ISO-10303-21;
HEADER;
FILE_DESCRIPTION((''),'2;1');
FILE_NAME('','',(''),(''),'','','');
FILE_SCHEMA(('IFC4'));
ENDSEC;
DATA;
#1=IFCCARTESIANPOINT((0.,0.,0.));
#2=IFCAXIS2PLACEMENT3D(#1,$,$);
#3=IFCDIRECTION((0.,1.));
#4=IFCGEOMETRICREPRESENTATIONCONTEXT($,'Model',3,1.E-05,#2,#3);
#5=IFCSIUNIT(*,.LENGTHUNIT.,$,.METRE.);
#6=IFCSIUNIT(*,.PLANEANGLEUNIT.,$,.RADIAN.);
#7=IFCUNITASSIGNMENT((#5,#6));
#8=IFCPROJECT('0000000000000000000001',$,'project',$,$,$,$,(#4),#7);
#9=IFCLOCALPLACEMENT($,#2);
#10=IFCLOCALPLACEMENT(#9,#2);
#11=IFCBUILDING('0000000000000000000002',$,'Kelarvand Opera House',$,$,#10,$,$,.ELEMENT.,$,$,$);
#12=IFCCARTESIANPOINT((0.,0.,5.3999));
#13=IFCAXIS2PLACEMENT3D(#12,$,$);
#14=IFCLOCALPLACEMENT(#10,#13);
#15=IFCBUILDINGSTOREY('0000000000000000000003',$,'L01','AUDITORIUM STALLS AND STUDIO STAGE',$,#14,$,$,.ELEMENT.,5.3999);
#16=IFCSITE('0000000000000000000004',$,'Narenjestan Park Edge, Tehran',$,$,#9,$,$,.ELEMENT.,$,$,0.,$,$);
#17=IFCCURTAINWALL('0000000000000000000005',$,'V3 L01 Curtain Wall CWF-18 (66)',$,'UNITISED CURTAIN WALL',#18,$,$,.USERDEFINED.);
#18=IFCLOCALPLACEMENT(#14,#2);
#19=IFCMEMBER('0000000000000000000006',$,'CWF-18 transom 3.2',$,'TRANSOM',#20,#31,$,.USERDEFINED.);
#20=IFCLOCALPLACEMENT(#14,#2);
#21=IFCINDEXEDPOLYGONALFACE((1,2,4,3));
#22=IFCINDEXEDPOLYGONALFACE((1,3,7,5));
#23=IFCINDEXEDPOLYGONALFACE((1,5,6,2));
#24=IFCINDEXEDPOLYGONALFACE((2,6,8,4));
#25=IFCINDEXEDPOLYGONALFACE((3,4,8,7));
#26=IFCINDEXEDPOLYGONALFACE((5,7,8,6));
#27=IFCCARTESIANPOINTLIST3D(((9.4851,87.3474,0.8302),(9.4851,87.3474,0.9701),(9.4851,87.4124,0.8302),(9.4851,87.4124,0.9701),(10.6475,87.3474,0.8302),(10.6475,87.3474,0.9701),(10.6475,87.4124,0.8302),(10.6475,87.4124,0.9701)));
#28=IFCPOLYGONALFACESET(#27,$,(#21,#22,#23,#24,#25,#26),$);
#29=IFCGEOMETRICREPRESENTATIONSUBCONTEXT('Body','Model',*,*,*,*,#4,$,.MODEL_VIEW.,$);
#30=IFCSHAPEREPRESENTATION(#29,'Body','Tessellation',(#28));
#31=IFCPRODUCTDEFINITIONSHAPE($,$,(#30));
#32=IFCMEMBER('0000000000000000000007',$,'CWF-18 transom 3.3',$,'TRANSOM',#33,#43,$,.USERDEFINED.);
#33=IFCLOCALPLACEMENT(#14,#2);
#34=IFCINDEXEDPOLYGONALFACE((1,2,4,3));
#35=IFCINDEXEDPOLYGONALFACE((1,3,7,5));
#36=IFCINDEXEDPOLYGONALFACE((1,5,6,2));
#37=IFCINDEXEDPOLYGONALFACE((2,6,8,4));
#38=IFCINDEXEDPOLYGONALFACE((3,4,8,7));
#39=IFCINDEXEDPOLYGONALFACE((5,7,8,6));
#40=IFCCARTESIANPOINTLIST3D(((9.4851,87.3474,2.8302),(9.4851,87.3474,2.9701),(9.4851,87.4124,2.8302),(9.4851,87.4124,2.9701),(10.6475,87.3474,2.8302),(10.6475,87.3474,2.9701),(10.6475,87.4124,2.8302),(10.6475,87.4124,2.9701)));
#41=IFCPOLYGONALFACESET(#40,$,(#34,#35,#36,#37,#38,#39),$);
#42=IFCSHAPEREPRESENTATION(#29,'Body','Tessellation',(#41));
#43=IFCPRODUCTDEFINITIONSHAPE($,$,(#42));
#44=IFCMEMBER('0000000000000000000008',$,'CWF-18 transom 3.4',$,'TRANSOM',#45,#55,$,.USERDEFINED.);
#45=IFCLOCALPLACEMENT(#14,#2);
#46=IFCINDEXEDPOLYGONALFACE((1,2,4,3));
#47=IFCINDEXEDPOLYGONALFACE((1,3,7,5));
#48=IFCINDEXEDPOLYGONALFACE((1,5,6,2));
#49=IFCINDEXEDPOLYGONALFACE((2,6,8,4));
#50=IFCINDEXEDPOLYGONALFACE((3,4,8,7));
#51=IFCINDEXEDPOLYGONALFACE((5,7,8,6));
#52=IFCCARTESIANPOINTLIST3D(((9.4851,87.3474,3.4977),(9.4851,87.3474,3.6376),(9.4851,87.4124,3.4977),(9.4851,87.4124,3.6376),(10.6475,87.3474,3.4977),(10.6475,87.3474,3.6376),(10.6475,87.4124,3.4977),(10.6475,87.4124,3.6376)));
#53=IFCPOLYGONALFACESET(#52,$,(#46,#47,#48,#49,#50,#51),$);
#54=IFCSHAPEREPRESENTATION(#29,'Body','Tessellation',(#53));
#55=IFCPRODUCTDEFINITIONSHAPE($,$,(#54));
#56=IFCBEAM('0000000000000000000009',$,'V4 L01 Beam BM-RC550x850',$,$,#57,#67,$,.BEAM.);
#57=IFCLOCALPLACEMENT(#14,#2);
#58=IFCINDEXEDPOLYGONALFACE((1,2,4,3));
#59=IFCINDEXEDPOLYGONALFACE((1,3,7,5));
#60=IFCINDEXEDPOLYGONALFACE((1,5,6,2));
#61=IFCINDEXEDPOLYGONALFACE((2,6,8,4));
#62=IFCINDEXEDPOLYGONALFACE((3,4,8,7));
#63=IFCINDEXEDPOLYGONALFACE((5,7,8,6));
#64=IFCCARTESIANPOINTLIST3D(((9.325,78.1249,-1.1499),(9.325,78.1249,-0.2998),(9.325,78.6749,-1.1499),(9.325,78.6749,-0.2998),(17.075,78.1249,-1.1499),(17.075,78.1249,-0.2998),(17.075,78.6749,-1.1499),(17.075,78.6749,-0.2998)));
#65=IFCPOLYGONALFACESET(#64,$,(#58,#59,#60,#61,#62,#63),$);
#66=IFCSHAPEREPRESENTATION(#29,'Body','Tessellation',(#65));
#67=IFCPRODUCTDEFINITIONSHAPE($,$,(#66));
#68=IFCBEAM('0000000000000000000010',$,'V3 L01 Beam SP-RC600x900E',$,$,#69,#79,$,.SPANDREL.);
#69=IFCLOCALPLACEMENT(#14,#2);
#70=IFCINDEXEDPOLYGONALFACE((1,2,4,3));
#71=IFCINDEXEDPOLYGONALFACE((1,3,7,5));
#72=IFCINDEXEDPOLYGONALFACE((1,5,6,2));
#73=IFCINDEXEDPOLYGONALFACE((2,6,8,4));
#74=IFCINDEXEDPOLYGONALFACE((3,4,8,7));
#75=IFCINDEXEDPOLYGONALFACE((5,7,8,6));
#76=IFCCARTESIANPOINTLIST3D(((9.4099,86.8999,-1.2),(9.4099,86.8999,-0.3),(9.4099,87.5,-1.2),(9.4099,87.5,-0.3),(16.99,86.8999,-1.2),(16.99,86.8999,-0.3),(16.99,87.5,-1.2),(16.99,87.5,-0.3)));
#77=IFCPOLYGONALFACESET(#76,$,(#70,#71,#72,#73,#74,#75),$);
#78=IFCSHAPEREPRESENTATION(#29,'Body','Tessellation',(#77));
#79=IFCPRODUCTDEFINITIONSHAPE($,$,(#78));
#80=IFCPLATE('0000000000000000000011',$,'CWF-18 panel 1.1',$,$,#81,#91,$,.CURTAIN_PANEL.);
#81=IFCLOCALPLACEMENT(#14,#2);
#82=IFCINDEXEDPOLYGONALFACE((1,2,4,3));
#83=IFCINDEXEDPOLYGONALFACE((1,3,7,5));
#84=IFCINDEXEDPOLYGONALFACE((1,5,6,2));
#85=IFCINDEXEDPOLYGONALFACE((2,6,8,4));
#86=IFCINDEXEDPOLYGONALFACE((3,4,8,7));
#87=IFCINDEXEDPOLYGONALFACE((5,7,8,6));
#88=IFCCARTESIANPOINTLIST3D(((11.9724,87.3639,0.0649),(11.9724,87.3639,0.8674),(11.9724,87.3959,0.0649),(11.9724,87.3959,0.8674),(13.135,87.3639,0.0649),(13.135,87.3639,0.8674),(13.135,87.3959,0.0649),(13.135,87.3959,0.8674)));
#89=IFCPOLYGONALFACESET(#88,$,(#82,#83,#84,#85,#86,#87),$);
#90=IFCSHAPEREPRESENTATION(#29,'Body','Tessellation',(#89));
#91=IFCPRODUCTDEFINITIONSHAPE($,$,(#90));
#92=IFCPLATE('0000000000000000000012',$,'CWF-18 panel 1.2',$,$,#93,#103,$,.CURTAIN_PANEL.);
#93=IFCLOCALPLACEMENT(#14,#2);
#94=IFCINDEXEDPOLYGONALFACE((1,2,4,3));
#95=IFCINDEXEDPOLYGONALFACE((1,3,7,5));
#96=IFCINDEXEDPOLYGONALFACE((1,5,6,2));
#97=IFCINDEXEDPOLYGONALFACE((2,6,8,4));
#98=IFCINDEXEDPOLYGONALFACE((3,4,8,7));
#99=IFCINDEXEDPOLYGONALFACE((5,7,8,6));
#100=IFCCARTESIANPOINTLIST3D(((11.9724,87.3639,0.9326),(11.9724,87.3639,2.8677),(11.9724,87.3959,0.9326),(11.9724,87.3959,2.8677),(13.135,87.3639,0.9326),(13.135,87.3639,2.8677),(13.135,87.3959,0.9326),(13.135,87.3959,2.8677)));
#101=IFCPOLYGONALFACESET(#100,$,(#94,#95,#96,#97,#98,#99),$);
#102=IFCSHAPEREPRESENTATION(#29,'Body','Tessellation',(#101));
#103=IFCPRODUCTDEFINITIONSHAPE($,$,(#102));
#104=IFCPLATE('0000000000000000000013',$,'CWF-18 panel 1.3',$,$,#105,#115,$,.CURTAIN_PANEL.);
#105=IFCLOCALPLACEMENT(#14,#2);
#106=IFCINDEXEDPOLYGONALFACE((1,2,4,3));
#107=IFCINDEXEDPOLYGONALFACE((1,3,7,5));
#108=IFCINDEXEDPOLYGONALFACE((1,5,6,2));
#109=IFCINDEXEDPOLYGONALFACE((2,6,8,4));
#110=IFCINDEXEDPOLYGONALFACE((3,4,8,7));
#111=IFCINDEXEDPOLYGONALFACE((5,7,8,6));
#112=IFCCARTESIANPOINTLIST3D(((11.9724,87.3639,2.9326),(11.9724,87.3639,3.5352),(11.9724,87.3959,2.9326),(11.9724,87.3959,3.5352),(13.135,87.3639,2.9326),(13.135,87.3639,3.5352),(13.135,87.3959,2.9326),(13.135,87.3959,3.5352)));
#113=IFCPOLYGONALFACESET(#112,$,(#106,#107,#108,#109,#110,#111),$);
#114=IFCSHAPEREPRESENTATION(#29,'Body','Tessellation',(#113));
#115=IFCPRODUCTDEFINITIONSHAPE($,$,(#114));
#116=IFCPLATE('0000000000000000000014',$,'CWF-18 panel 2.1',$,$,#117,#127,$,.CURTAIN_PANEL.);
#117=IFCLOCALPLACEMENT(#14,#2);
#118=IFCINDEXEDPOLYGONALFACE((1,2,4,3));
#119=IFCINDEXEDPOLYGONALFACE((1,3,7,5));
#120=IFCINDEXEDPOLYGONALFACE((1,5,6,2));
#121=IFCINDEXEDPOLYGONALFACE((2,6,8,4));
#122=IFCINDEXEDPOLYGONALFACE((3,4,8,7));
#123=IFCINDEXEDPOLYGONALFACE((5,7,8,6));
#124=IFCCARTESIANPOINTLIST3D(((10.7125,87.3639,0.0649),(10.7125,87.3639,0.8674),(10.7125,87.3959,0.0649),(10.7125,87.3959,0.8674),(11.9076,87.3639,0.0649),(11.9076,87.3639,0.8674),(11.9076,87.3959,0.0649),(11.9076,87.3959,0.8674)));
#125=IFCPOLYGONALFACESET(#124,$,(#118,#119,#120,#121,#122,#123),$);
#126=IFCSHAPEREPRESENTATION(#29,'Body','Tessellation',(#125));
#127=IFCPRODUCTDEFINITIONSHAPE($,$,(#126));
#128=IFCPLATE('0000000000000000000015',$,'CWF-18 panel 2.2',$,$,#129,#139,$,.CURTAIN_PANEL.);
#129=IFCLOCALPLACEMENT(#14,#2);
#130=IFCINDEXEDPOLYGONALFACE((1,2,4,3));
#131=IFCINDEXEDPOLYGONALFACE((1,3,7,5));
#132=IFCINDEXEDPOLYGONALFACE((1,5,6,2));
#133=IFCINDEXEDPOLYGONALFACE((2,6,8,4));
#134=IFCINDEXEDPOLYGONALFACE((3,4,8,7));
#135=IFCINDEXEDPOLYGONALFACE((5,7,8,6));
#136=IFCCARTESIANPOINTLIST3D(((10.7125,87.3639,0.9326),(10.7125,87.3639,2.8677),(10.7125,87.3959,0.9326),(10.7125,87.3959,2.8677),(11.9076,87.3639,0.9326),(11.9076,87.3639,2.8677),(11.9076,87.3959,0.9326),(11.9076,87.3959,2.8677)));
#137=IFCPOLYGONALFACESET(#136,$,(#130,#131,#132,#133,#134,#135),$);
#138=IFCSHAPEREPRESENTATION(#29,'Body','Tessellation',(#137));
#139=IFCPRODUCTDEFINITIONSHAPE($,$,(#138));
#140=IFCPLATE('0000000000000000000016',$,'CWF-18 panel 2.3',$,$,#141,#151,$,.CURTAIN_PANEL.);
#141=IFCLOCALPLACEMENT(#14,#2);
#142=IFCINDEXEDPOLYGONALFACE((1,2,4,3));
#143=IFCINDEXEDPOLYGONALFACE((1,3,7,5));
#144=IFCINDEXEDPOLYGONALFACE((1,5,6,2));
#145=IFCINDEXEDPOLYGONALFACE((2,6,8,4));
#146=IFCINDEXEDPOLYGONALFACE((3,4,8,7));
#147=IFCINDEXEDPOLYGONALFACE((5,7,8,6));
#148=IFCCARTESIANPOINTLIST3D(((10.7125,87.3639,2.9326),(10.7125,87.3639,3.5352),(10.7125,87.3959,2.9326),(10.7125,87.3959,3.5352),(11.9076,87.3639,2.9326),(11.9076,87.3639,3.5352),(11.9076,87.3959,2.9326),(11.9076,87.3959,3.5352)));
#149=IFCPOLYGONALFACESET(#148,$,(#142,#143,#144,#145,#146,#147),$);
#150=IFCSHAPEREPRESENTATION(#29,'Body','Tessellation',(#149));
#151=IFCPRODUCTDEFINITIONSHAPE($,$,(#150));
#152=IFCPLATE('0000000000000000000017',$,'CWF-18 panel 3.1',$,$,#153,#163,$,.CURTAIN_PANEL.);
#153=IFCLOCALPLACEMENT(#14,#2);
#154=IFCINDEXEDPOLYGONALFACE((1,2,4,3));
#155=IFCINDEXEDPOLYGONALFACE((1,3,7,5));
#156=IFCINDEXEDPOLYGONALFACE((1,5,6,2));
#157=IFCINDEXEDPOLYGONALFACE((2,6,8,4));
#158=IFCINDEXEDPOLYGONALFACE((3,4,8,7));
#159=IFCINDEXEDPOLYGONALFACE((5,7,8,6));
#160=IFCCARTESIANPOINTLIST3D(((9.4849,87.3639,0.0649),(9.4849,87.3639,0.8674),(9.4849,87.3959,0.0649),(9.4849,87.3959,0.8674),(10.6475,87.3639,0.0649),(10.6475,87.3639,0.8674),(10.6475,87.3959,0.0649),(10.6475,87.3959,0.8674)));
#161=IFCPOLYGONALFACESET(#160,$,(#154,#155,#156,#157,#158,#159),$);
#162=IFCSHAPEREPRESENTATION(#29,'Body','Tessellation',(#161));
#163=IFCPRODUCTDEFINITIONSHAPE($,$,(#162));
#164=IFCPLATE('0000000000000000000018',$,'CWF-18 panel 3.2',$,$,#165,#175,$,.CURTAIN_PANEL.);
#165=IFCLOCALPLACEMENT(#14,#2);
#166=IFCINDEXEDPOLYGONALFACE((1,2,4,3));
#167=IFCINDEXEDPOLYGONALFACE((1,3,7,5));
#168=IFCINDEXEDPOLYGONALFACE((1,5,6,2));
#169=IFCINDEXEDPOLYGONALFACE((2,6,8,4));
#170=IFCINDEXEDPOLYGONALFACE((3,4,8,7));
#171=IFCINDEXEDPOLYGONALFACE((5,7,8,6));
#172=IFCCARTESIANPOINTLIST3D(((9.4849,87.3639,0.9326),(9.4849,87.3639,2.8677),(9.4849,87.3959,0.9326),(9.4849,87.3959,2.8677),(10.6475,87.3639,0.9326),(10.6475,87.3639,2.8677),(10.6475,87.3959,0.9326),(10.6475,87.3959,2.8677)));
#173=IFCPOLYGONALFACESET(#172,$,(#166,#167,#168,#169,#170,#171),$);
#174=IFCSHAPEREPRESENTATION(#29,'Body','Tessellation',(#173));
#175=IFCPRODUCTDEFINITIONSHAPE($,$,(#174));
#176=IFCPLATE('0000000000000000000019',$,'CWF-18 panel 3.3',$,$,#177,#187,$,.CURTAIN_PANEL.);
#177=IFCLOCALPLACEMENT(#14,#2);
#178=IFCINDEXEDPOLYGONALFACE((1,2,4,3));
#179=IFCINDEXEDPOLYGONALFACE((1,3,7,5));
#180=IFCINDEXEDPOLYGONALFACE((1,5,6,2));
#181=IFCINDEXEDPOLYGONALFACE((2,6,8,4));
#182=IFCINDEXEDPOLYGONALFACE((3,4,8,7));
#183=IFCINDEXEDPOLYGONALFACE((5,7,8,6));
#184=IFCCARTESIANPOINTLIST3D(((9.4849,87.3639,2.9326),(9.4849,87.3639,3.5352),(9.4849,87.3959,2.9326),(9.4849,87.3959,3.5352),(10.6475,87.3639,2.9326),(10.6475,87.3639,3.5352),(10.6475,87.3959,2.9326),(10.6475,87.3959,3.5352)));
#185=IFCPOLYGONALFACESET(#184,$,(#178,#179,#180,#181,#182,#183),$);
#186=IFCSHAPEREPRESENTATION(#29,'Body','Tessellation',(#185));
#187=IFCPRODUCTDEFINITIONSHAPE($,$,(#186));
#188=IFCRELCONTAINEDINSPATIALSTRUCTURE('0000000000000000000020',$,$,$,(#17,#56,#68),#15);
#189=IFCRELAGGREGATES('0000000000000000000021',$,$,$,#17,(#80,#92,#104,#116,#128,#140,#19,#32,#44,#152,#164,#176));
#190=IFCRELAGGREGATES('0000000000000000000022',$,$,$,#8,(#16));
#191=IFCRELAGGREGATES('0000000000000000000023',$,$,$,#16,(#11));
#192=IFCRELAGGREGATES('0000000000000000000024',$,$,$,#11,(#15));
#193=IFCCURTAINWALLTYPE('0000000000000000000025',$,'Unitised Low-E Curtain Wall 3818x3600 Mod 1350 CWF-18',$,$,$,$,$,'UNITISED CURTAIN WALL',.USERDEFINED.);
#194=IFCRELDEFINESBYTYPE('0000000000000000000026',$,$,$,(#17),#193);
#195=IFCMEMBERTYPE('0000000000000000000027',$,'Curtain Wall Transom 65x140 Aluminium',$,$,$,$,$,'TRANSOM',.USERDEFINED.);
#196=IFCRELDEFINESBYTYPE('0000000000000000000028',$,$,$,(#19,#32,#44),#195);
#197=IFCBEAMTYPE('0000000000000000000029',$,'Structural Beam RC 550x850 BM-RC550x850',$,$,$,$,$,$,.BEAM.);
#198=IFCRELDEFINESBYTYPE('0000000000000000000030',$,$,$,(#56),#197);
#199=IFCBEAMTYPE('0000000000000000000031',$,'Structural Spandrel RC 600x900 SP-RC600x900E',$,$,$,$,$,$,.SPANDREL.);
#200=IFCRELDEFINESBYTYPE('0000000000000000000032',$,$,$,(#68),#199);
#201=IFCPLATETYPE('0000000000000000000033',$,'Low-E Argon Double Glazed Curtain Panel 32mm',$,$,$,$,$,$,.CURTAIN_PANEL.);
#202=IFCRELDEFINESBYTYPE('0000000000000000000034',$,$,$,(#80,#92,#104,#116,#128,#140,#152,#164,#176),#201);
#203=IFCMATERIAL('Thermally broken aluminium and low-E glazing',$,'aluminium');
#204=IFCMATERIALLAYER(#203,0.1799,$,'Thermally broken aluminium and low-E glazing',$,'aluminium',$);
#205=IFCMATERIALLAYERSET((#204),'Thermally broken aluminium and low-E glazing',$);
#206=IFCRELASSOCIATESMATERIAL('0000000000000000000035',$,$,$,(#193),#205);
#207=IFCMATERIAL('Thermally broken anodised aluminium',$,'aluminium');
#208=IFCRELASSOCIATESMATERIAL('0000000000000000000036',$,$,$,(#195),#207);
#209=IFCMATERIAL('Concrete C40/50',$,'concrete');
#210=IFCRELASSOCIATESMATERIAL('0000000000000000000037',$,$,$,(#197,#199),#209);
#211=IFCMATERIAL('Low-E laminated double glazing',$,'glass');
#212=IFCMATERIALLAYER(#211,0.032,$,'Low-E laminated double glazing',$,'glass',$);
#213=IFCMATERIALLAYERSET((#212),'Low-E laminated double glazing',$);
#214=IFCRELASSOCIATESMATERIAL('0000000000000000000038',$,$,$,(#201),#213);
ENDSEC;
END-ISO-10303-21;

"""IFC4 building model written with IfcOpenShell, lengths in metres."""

from ifc_helpers import new_model, si_unit, direction, frame, origin, origin_2d, place, context, subcontext, project, spatial, rectangle, extrude, material, layer, layer_set, material_profile, profile_set, type_object, element, aggregate, save


model = new_model("IFC4")

# Units and contexts
model_context = context("Model", 3, precision=1e-05, world=origin(), true_north=direction((0.0, 1.0)))
body_context = subcontext(model_context, "Body", "Model", "MODEL_VIEW")
ifc_project = project(units=[si_unit("LENGTHUNIT", "METRE"), si_unit("PLANEANGLEUNIT", "RADIAN")], contexts=[model_context])

# Site, building, storey
site_placement = place(None, origin())
site = spatial("IfcSite", under=ifc_project, at=site_placement, Name="Narenjestan Park Edge, Tehran", CompositionType="ELEMENT", RefElevation=0.0)
building_placement = place(site_placement, origin())
building = spatial("IfcBuilding", under=site, at=building_placement, Name="Kelarvand Opera House", CompositionType="ELEMENT")
storey_placement = place(building_placement, frame((0.0, 0.0, 5.3999)))
storey = spatial("IfcBuildingStorey", under=building, at=storey_placement, Name="L01", Description="AUDITORIUM STALLS AND STUDIO STAGE", CompositionType="ELEMENT", Elevation=5.3999)

# Shared definitions
ifc_material_1 = material(Name="Concrete C40/50", Category="concrete")

# Curtain wall, members
ifc_material_2 = material(Name="Thermally broken aluminium and low-E glazing", Category="aluminium")
ifc_layer_1 = layer(ifc_material_2, 0.1799, Name="Thermally broken aluminium and low-E glazing", Category="aluminium")
ifc_layer_set_1 = layer_set([ifc_layer_1], Name="Thermally broken aluminium and low-E glazing")
curtain_wall_type = type_object("IfcCurtainWallType", Name="Unitised Low-E Curtain Wall 3818x3600 Mod 1350 CWF-18", ElementType="UNITISED CURTAIN WALL", PredefinedType="USERDEFINED", material=ifc_layer_set_1)
curtain_wall_placement = place(storey_placement, origin())
curtain_wall = element("IfcCurtainWall", 1, at=curtain_wall_placement, inside=storey, type_object=curtain_wall_type, Name="V3 L01 Curtain Wall CWF-18 (66)", ObjectType="UNITISED CURTAIN WALL", PredefinedType="USERDEFINED")
ifc_material_3 = material(Name="Thermally broken anodised aluminium", Category="aluminium")
ifc_material_profile_1 = material_profile(ifc_material_3, rectangle(XDim=0.0649, YDim=0.1399, at=origin_2d()), Name="ALU TRANSOM 65x140", Category="aluminium")
ifc_profile_set_1 = profile_set([ifc_material_profile_1], Name="Thermally broken anodised aluminium")
member_type_1 = type_object("IfcMemberType", Name="Curtain Wall Transom 65x140 Aluminium", ElementType="TRANSOM", PredefinedType="USERDEFINED", material=ifc_profile_set_1)
member_1_placement = place(storey_placement, frame((10.6475, 87.3799, 0.9001), z_axis=(-1.0, 0.0, 0.0), x_axis=(0.0, -1.0, 0.0)))
member_1 = element("IfcMember", 2, at=member_1_placement, type_object=member_type_1, Name="CWF-18 transom 3.2", ObjectType="TRANSOM", PredefinedType="USERDEFINED", context=body_context, shape_type="SweptSolid", body=[
    extrude(rectangle(XDim=0.0649, YDim=0.1399, at=origin_2d()), origin(), (0.0, 0.0, 1.0), 1.1624),
])
member_2_placement = place(storey_placement, frame((10.6475, 87.3799, 2.9001), z_axis=(-1.0, 0.0, 0.0), x_axis=(0.0, -1.0, 0.0)))
member_2 = element("IfcMember", 3, at=member_2_placement, type_object=member_type_1, Name="CWF-18 transom 3.3", ObjectType="TRANSOM", PredefinedType="USERDEFINED", context=body_context, shape_type="SweptSolid", body=[
    extrude(rectangle(XDim=0.0649, YDim=0.1399, at=origin_2d()), origin(), (0.0, 0.0, 1.0), 1.1624),
])
member_3_placement = place(storey_placement, frame((10.6475, 87.3799, 3.5676), z_axis=(-1.0, 0.0, 0.0), x_axis=(0.0, -1.0, 0.0)))
member_3 = element("IfcMember", 4, at=member_3_placement, type_object=member_type_1, Name="CWF-18 transom 3.4", ObjectType="TRANSOM", PredefinedType="USERDEFINED", context=body_context, shape_type="SweptSolid", body=[
    extrude(rectangle(XDim=0.0649, YDim=0.1399, at=origin_2d()), origin(), (0.0, 0.0, 1.0), 1.1624),
])

# Beams
ifc_material_profile_2 = material_profile(ifc_material_1, rectangle(XDim=0.55, YDim=0.8501, at=origin_2d()), Name="RC 550x850", Category="concrete")
ifc_profile_set_2 = profile_set([ifc_material_profile_2], Name="Concrete C40/50")
beam_type_1 = type_object("IfcBeamType", Name="Structural Beam RC 550x850 BM-RC550x850", PredefinedType="BEAM", material=ifc_profile_set_2)
beam_1_placement = place(storey_placement, frame((9.325, 78.3999, -0.7249), z_axis=(1.0, 0.0, 0.0), x_axis=(0.0, 1.0, 0.0)))
element("IfcBeam", 5, at=beam_1_placement, inside=storey, type_object=beam_type_1, Name="V4 L01 Beam BM-RC550x850", PredefinedType="BEAM", context=body_context, shape_type="SweptSolid", body=[
    extrude(rectangle(XDim=0.55, YDim=0.8501, at=origin_2d()), origin(), (0.0, 0.0, 1.0), 7.75),
])
ifc_material_profile_3 = material_profile(ifc_material_1, rectangle(XDim=0.6001, YDim=0.8999, at=origin_2d()), Name="RC 600x900", Category="concrete")
ifc_profile_set_3 = profile_set([ifc_material_profile_3], Name="Concrete C40/50")
beam_type_2 = type_object("IfcBeamType", Name="Structural Spandrel RC 600x900 SP-RC600x900E", PredefinedType="SPANDREL", material=ifc_profile_set_3)
beam_2_placement = place(storey_placement, frame((9.4099, 87.2, -0.75), z_axis=(1.0, 0.0, 0.0), x_axis=(0.0, 1.0, 0.0)))
element("IfcBeam", 6, at=beam_2_placement, inside=storey, type_object=beam_type_2, Name="V3 L01 Beam SP-RC600x900E", PredefinedType="SPANDREL", context=body_context, shape_type="SweptSolid", body=[
    extrude(rectangle(XDim=0.6001, YDim=0.8999, at=origin_2d()), origin(), (0.0, 0.0, 1.0), 7.5801),
])

# Plates
ifc_material_4 = material(Name="Low-E laminated double glazing", Category="glass")
ifc_layer_2 = layer(ifc_material_4, 0.032, Name="Low-E laminated double glazing", Category="glass")
ifc_layer_set_2 = layer_set([ifc_layer_2], Name="Low-E laminated double glazing")
plate_type = type_object("IfcPlateType", Name="Low-E Argon Double Glazed Curtain Panel 32mm", PredefinedType="CURTAIN_PANEL", material=ifc_layer_set_2)
plate_1_placement = place(storey_placement, frame((12.5537, 87.3799, 0.0649), z_axis=(0.0, 0.0, 1.0), x_axis=(-1.0, 0.0, 0.0)))
plate_1 = element("IfcPlate", 7, at=plate_1_placement, type_object=plate_type, Name="CWF-18 panel 1.1", PredefinedType="CURTAIN_PANEL", context=body_context, shape_type="SweptSolid", body=[
    extrude(rectangle(XDim=1.1626, YDim=0.032, at=origin_2d()), origin(), (0.0, 0.0, 1.0), 0.8025),
])
plate_2_placement = place(storey_placement, frame((12.5537, 87.3799, 0.9326), z_axis=(0.0, 0.0, 1.0), x_axis=(-1.0, 0.0, 0.0)))
plate_2 = element("IfcPlate", 8, at=plate_2_placement, type_object=plate_type, Name="CWF-18 panel 1.2", PredefinedType="CURTAIN_PANEL", context=body_context, shape_type="SweptSolid", body=[
    extrude(rectangle(XDim=1.1626, YDim=0.032, at=origin_2d()), origin(), (0.0, 0.0, 1.0), 1.9351),
])
plate_3_placement = place(storey_placement, frame((12.5537, 87.3799, 2.9326), z_axis=(0.0, 0.0, 1.0), x_axis=(-1.0, 0.0, 0.0)))
plate_3 = element("IfcPlate", 9, at=plate_3_placement, type_object=plate_type, Name="CWF-18 panel 1.3", PredefinedType="CURTAIN_PANEL", context=body_context, shape_type="SweptSolid", body=[
    extrude(rectangle(XDim=1.1626, YDim=0.032, at=origin_2d()), origin(), (0.0, 0.0, 1.0), 0.6025),
])
plate_4_placement = place(storey_placement, frame((11.3101, 87.3799, 0.0649), z_axis=(0.0, 0.0, 1.0), x_axis=(-1.0, 0.0, 0.0)))
plate_4 = element("IfcPlate", 10, at=plate_4_placement, type_object=plate_type, Name="CWF-18 panel 2.1", PredefinedType="CURTAIN_PANEL", context=body_context, shape_type="SweptSolid", body=[
    extrude(rectangle(XDim=1.1951, YDim=0.032, at=origin_2d()), origin(), (0.0, 0.0, 1.0), 0.8025),
])
plate_5_placement = place(storey_placement, frame((11.3101, 87.3799, 0.9326), z_axis=(0.0, 0.0, 1.0), x_axis=(-1.0, 0.0, 0.0)))
plate_5 = element("IfcPlate", 11, at=plate_5_placement, type_object=plate_type, Name="CWF-18 panel 2.2", PredefinedType="CURTAIN_PANEL", context=body_context, shape_type="SweptSolid", body=[
    extrude(rectangle(XDim=1.1951, YDim=0.032, at=origin_2d()), origin(), (0.0, 0.0, 1.0), 1.9351),
])
plate_6_placement = place(storey_placement, frame((11.3101, 87.3799, 2.9326), z_axis=(0.0, 0.0, 1.0), x_axis=(-1.0, 0.0, 0.0)))
plate_6 = element("IfcPlate", 12, at=plate_6_placement, type_object=plate_type, Name="CWF-18 panel 2.3", PredefinedType="CURTAIN_PANEL", context=body_context, shape_type="SweptSolid", body=[
    extrude(rectangle(XDim=1.1951, YDim=0.032, at=origin_2d()), origin(), (0.0, 0.0, 1.0), 0.6025),
])
plate_7_placement = place(storey_placement, frame((10.0662, 87.3799, 0.0649), z_axis=(0.0, 0.0, 1.0), x_axis=(-1.0, 0.0, 0.0)))
plate_7 = element("IfcPlate", 13, at=plate_7_placement, type_object=plate_type, Name="CWF-18 panel 3.1", PredefinedType="CURTAIN_PANEL", context=body_context, shape_type="SweptSolid", body=[
    extrude(rectangle(XDim=1.1626, YDim=0.032, at=origin_2d()), origin(), (0.0, 0.0, 1.0), 0.8025),
])
plate_8_placement = place(storey_placement, frame((10.0662, 87.3799, 0.9326), z_axis=(0.0, 0.0, 1.0), x_axis=(-1.0, 0.0, 0.0)))
plate_8 = element("IfcPlate", 14, at=plate_8_placement, type_object=plate_type, Name="CWF-18 panel 3.2", PredefinedType="CURTAIN_PANEL", context=body_context, shape_type="SweptSolid", body=[
    extrude(rectangle(XDim=1.1626, YDim=0.032, at=origin_2d()), origin(), (0.0, 0.0, 1.0), 1.9351),
])
plate_9_placement = place(storey_placement, frame((10.0662, 87.3799, 2.9326), z_axis=(0.0, 0.0, 1.0), x_axis=(-1.0, 0.0, 0.0)))
plate_9 = element("IfcPlate", 15, at=plate_9_placement, type_object=plate_type, Name="CWF-18 panel 3.3", PredefinedType="CURTAIN_PANEL", context=body_context, shape_type="SweptSolid", body=[
    extrude(rectangle(XDim=1.1626, YDim=0.032, at=origin_2d()), origin(), (0.0, 0.0, 1.0), 0.6025),
])
aggregate(curtain_wall, [plate_1, plate_2, plate_3, plate_4, plate_5, plate_6, member_1, member_2, member_3, plate_7, plate_8, plate_9])

save(model, "model.ifc")
